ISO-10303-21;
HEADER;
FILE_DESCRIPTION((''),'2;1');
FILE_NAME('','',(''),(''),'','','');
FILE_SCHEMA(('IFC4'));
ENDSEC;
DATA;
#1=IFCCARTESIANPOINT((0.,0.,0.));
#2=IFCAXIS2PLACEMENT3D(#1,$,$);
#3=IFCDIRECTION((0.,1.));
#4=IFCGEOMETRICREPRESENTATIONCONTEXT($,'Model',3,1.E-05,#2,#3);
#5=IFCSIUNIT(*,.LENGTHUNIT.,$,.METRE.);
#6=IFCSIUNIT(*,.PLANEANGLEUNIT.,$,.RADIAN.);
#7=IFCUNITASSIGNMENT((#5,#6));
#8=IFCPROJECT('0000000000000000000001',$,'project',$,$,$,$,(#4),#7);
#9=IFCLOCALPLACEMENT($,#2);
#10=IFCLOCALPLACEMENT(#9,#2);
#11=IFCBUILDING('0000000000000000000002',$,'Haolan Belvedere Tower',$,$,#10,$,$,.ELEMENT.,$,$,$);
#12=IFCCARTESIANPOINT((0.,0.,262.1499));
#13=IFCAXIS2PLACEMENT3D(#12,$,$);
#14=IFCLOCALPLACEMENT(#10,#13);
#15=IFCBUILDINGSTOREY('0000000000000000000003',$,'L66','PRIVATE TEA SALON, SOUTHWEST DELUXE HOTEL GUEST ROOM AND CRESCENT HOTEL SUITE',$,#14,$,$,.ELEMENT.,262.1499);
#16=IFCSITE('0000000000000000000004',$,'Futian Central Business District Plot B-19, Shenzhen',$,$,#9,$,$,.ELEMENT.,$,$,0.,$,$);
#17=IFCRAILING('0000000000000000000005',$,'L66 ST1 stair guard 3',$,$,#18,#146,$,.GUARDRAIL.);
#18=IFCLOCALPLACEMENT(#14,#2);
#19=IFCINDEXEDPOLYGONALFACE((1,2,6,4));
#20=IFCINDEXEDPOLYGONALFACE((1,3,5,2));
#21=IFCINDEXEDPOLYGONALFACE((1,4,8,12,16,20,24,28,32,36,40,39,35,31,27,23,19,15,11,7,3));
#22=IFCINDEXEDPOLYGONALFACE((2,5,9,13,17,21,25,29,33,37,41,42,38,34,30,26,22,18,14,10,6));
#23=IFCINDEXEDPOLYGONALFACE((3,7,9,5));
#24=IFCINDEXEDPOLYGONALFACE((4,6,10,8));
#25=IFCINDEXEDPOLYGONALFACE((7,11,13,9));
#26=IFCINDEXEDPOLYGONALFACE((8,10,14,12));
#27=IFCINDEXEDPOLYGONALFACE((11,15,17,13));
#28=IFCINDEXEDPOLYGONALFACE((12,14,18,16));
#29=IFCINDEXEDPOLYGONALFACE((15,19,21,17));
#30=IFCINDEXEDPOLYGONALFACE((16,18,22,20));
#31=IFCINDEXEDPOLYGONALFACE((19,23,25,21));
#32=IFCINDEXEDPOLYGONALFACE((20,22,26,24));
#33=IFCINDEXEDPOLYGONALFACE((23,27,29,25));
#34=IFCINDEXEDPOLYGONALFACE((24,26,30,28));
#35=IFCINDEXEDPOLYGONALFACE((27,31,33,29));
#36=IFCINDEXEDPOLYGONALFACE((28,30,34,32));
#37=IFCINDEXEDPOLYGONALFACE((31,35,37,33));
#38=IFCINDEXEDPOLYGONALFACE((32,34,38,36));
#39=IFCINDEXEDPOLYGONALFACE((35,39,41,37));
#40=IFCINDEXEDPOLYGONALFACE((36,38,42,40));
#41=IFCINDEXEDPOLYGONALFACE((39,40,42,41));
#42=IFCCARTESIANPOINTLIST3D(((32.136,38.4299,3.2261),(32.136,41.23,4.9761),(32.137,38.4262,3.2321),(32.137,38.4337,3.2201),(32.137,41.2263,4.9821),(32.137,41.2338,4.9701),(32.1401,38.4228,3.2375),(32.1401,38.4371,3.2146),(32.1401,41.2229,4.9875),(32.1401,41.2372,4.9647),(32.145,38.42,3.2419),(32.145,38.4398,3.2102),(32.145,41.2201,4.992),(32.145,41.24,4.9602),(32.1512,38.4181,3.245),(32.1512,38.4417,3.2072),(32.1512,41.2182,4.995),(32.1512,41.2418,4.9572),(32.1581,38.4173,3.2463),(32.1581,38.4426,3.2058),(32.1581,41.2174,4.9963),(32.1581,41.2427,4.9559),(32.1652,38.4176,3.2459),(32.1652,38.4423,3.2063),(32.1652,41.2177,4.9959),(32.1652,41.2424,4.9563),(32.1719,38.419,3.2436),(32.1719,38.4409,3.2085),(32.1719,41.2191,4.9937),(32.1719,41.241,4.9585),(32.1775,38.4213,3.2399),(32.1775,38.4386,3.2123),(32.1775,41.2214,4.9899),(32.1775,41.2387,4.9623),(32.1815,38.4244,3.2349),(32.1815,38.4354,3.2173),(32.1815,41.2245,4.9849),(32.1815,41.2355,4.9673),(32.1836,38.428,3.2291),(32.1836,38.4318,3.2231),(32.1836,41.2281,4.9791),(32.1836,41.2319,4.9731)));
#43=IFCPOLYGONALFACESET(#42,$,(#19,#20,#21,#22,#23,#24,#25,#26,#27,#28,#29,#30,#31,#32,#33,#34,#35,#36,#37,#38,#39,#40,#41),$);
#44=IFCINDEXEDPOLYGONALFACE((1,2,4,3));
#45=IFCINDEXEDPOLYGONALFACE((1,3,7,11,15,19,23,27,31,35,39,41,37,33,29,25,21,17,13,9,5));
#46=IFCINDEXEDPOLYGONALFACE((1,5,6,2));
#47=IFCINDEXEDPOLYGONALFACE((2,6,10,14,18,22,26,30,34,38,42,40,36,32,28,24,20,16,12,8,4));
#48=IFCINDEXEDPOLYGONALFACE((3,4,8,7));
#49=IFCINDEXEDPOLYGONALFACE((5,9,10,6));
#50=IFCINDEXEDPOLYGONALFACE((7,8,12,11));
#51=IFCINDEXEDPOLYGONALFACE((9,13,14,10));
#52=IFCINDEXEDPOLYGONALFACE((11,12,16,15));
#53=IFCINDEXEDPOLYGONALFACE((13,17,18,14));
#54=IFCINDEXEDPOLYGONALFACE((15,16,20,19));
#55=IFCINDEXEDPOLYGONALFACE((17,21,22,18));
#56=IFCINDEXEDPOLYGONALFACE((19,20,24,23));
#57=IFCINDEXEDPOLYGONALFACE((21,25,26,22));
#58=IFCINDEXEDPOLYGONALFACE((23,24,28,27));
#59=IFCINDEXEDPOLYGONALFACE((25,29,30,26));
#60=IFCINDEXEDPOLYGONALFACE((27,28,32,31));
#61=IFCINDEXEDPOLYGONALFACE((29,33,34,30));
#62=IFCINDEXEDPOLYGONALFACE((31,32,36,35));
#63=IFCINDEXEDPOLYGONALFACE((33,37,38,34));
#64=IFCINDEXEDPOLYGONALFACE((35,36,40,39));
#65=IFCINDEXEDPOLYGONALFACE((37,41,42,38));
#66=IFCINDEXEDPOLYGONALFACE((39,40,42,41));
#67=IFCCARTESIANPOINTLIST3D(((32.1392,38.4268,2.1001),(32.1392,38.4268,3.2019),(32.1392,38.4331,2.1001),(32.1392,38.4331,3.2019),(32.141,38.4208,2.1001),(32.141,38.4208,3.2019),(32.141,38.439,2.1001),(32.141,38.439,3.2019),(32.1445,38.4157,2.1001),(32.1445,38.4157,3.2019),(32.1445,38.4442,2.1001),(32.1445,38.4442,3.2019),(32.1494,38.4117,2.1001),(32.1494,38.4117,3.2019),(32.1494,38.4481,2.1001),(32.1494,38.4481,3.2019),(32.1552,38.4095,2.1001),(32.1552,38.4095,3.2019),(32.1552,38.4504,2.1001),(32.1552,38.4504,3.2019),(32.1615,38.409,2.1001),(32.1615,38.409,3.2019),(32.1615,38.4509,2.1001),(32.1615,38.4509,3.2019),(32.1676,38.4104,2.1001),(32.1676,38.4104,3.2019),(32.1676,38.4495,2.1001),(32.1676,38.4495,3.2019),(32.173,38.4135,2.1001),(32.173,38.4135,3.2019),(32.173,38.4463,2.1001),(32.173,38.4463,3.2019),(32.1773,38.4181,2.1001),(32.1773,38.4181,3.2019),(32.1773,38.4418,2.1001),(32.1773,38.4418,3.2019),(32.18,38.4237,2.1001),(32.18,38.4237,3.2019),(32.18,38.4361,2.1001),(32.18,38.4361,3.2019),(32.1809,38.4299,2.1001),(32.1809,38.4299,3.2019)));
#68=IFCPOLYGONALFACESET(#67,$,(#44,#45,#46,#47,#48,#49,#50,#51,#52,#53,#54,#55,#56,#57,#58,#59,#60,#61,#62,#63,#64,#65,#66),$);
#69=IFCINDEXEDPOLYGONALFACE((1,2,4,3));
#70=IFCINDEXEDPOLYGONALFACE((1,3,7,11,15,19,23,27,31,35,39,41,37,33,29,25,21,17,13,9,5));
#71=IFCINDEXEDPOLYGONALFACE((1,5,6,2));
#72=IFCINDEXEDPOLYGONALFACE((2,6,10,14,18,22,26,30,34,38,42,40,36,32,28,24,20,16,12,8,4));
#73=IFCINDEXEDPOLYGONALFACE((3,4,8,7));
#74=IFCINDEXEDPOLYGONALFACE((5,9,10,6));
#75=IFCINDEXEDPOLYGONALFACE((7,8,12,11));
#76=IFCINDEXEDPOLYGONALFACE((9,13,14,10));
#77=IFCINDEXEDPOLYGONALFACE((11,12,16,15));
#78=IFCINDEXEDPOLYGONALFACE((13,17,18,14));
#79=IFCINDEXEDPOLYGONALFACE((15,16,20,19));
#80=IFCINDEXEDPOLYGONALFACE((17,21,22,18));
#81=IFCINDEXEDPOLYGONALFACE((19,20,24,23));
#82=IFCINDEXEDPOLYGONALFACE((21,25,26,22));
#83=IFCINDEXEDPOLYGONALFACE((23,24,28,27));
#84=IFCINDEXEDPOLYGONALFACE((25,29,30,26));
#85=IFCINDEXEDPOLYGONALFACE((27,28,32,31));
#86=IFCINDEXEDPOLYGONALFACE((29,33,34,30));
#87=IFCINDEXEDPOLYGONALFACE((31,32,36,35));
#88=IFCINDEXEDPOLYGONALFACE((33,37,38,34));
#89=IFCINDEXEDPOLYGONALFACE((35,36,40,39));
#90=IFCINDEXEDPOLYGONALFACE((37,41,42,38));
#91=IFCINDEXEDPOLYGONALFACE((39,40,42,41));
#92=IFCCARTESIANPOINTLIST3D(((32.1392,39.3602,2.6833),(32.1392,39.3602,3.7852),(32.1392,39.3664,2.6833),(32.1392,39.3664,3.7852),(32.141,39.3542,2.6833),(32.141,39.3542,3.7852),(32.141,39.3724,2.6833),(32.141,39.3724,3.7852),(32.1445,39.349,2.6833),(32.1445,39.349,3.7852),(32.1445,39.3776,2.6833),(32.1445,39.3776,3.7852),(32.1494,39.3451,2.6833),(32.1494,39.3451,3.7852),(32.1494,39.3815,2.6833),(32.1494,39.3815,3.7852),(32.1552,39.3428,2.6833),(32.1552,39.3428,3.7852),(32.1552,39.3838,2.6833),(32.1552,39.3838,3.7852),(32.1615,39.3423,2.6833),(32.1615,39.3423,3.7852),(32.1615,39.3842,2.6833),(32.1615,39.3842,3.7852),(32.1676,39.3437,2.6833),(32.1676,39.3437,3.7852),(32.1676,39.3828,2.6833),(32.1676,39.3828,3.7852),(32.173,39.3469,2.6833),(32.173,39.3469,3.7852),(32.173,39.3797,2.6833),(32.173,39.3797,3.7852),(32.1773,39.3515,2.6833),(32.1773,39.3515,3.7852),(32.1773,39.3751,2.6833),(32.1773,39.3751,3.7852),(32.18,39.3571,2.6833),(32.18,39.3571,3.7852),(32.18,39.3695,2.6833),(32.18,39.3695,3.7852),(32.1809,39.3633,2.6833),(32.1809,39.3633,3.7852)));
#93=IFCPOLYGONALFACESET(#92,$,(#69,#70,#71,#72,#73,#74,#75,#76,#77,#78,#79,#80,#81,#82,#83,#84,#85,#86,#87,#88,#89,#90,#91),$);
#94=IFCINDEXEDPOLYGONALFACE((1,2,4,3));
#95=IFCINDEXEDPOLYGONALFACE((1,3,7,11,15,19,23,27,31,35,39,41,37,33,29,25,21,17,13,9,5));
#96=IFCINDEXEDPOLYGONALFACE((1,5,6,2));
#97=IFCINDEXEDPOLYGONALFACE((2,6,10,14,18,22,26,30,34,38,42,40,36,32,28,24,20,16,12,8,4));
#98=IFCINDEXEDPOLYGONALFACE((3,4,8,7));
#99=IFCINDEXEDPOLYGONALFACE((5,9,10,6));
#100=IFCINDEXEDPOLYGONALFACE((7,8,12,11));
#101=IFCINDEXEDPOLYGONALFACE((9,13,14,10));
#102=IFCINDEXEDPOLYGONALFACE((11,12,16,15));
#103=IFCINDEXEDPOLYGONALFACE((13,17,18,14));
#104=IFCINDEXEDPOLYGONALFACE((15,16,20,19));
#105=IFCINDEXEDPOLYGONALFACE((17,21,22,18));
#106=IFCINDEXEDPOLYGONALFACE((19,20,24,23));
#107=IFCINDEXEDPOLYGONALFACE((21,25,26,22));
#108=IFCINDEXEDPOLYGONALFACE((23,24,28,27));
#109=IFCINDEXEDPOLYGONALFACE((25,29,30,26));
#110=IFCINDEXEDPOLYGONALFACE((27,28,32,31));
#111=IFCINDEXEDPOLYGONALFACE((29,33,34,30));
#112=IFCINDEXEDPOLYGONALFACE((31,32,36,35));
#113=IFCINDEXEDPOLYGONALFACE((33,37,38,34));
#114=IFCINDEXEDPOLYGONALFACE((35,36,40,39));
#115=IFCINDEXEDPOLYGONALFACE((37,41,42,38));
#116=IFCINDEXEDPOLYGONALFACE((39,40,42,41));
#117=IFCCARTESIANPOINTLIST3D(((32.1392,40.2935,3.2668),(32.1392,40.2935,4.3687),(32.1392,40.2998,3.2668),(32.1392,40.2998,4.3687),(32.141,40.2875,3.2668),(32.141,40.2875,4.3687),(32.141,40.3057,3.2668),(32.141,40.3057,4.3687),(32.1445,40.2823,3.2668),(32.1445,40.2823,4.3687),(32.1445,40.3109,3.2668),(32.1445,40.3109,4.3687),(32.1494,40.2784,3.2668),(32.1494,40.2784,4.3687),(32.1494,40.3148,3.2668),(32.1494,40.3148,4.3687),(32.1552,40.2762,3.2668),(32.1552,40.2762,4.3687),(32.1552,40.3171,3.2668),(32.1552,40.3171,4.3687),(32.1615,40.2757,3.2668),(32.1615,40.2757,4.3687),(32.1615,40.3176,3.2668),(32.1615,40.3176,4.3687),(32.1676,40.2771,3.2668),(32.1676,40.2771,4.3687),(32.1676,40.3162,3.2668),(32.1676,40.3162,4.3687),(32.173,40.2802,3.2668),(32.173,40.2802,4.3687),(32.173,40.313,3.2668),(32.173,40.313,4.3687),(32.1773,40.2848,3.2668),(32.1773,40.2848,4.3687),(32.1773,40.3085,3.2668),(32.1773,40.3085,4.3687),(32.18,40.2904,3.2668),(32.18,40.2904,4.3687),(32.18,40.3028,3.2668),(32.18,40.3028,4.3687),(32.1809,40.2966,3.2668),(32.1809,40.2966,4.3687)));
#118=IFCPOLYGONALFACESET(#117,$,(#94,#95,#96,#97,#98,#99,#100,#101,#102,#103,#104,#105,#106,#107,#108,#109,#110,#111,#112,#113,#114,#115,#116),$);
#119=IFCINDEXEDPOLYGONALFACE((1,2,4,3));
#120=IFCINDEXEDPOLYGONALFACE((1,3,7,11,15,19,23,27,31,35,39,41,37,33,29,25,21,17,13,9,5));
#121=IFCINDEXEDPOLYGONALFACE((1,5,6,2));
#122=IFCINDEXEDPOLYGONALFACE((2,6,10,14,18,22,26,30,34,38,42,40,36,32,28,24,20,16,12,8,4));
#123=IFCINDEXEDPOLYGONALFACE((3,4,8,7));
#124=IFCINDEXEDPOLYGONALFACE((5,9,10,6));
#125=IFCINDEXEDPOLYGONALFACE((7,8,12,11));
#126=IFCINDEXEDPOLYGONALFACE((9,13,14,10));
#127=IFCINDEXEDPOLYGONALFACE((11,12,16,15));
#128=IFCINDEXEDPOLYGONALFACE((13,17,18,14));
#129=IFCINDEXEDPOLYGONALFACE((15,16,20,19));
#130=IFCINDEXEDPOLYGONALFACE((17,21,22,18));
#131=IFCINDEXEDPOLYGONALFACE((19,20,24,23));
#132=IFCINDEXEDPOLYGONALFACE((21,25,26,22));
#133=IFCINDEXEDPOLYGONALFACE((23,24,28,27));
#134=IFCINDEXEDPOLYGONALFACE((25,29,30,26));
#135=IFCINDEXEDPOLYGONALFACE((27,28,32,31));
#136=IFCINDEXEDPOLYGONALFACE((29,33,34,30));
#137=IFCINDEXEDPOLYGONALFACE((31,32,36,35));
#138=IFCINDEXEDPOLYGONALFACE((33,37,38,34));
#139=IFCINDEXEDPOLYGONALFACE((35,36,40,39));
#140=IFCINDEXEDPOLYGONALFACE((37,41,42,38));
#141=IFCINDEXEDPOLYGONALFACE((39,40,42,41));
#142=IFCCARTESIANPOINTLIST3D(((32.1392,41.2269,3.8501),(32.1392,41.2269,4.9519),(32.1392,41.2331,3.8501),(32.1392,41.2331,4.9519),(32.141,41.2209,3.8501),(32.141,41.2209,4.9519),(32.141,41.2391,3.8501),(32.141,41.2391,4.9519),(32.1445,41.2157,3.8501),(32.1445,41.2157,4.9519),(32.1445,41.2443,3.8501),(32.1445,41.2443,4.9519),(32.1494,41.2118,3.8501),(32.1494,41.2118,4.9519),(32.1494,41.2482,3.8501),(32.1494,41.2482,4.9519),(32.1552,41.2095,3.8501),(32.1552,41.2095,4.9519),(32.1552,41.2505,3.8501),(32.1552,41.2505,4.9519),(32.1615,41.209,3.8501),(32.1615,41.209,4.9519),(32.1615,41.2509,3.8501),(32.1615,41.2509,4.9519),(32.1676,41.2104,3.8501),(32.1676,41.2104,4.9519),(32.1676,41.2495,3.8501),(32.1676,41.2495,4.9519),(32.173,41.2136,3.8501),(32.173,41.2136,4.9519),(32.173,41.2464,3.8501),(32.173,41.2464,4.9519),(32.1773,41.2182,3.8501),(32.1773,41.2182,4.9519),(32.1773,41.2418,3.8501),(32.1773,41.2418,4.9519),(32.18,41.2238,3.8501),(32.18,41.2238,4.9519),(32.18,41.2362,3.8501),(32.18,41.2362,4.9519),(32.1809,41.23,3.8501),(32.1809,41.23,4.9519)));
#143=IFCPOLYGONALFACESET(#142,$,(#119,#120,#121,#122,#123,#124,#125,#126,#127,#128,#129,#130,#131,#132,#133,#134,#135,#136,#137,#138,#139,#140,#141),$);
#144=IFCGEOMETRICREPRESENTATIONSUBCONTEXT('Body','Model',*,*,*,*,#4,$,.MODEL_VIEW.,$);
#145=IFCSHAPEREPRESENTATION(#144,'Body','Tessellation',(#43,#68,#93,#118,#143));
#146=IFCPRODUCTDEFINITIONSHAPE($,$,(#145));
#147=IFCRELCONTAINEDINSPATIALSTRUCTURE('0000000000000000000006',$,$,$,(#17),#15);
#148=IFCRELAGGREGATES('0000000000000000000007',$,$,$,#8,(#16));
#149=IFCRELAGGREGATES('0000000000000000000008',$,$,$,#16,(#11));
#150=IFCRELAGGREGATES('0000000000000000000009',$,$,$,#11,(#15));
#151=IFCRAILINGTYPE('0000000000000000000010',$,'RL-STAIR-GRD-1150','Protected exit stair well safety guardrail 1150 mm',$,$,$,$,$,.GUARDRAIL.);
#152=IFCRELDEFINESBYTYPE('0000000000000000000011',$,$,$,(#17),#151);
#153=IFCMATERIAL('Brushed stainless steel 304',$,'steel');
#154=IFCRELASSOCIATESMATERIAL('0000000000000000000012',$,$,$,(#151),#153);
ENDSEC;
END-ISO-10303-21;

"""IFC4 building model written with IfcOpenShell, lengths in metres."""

from ifc_helpers import new_model, si_unit, direction, frame, origin, origin_2d, place, context, subcontext, project, spatial, circle, extrude, material, type_object, element, save


model = new_model("IFC4")

# Units and contexts
model_context = context("Model", 3, precision=1e-05, world=origin(), true_north=direction((0.0, 1.0)))
body_context = subcontext(model_context, "Body", "Model", "MODEL_VIEW")
ifc_project = project(units=[si_unit("LENGTHUNIT", "METRE"), si_unit("PLANEANGLEUNIT", "RADIAN")], contexts=[model_context])

# Site, building, storey
site_placement = place(None, origin())
site = spatial("IfcSite", under=ifc_project, at=site_placement, Name="Futian Central Business District Plot B-19, Shenzhen", CompositionType="ELEMENT", RefElevation=0.0)
building_placement = place(site_placement, origin())
building = spatial("IfcBuilding", under=site, at=building_placement, Name="Haolan Belvedere Tower", CompositionType="ELEMENT")
storey_placement = place(building_placement, frame((0.0, 0.0, 262.1499)))
storey = spatial("IfcBuildingStorey", under=building, at=storey_placement, Name="L66", Description="PRIVATE TEA SALON, SOUTHWEST DELUXE HOTEL GUEST ROOM AND CRESCENT HOTEL SUITE", CompositionType="ELEMENT", Elevation=262.1499)

# Railing
ifc_material_1 = material(Name="Brushed stainless steel 304", Category="steel")
railing_type = type_object("IfcRailingType", Name="RL-STAIR-GRD-1150", Description="Protected exit stair well safety guardrail 1150 mm", PredefinedType="GUARDRAIL", material=ifc_material_1)
railing_1_placement = place(storey_placement, frame((32.1599, 38.4299, 2.1001)))
element("IfcRailing", 1, at=railing_1_placement, inside=storey, type_object=railing_type, Name="L66 ST1 stair guard 3", PredefinedType="GUARDRAIL", context=body_context, shape_type="SweptSolid", body=[
    extrude(circle(Radius=0.0239, at=origin_2d()), frame((0.0, 0.0, 1.126), z_axis=(0.0, 0.848002, 0.529992), x_axis=(-1.0, 0.0, 0.0)), (0.0, 0.0, 1.0), 3.302),
    extrude(circle(Radius=0.021, at=origin_2d()), origin(), (0.0, 0.0, 1.0), 1.1018),
    extrude(circle(Radius=0.021, at=origin_2d()), frame((0.0, 0.9333, 0.5833)), (0.0, 0.0, 1.0), 1.1018),
    extrude(circle(Radius=0.021, at=origin_2d()), frame((0.0, 1.8667, 1.1667)), (0.0, 0.0, 1.0), 1.1018),
    extrude(circle(Radius=0.021, at=origin_2d()), frame((0.0, 2.8, 1.75)), (0.0, 0.0, 1.0), 1.1018),
])

save(model, "model.ifc")
